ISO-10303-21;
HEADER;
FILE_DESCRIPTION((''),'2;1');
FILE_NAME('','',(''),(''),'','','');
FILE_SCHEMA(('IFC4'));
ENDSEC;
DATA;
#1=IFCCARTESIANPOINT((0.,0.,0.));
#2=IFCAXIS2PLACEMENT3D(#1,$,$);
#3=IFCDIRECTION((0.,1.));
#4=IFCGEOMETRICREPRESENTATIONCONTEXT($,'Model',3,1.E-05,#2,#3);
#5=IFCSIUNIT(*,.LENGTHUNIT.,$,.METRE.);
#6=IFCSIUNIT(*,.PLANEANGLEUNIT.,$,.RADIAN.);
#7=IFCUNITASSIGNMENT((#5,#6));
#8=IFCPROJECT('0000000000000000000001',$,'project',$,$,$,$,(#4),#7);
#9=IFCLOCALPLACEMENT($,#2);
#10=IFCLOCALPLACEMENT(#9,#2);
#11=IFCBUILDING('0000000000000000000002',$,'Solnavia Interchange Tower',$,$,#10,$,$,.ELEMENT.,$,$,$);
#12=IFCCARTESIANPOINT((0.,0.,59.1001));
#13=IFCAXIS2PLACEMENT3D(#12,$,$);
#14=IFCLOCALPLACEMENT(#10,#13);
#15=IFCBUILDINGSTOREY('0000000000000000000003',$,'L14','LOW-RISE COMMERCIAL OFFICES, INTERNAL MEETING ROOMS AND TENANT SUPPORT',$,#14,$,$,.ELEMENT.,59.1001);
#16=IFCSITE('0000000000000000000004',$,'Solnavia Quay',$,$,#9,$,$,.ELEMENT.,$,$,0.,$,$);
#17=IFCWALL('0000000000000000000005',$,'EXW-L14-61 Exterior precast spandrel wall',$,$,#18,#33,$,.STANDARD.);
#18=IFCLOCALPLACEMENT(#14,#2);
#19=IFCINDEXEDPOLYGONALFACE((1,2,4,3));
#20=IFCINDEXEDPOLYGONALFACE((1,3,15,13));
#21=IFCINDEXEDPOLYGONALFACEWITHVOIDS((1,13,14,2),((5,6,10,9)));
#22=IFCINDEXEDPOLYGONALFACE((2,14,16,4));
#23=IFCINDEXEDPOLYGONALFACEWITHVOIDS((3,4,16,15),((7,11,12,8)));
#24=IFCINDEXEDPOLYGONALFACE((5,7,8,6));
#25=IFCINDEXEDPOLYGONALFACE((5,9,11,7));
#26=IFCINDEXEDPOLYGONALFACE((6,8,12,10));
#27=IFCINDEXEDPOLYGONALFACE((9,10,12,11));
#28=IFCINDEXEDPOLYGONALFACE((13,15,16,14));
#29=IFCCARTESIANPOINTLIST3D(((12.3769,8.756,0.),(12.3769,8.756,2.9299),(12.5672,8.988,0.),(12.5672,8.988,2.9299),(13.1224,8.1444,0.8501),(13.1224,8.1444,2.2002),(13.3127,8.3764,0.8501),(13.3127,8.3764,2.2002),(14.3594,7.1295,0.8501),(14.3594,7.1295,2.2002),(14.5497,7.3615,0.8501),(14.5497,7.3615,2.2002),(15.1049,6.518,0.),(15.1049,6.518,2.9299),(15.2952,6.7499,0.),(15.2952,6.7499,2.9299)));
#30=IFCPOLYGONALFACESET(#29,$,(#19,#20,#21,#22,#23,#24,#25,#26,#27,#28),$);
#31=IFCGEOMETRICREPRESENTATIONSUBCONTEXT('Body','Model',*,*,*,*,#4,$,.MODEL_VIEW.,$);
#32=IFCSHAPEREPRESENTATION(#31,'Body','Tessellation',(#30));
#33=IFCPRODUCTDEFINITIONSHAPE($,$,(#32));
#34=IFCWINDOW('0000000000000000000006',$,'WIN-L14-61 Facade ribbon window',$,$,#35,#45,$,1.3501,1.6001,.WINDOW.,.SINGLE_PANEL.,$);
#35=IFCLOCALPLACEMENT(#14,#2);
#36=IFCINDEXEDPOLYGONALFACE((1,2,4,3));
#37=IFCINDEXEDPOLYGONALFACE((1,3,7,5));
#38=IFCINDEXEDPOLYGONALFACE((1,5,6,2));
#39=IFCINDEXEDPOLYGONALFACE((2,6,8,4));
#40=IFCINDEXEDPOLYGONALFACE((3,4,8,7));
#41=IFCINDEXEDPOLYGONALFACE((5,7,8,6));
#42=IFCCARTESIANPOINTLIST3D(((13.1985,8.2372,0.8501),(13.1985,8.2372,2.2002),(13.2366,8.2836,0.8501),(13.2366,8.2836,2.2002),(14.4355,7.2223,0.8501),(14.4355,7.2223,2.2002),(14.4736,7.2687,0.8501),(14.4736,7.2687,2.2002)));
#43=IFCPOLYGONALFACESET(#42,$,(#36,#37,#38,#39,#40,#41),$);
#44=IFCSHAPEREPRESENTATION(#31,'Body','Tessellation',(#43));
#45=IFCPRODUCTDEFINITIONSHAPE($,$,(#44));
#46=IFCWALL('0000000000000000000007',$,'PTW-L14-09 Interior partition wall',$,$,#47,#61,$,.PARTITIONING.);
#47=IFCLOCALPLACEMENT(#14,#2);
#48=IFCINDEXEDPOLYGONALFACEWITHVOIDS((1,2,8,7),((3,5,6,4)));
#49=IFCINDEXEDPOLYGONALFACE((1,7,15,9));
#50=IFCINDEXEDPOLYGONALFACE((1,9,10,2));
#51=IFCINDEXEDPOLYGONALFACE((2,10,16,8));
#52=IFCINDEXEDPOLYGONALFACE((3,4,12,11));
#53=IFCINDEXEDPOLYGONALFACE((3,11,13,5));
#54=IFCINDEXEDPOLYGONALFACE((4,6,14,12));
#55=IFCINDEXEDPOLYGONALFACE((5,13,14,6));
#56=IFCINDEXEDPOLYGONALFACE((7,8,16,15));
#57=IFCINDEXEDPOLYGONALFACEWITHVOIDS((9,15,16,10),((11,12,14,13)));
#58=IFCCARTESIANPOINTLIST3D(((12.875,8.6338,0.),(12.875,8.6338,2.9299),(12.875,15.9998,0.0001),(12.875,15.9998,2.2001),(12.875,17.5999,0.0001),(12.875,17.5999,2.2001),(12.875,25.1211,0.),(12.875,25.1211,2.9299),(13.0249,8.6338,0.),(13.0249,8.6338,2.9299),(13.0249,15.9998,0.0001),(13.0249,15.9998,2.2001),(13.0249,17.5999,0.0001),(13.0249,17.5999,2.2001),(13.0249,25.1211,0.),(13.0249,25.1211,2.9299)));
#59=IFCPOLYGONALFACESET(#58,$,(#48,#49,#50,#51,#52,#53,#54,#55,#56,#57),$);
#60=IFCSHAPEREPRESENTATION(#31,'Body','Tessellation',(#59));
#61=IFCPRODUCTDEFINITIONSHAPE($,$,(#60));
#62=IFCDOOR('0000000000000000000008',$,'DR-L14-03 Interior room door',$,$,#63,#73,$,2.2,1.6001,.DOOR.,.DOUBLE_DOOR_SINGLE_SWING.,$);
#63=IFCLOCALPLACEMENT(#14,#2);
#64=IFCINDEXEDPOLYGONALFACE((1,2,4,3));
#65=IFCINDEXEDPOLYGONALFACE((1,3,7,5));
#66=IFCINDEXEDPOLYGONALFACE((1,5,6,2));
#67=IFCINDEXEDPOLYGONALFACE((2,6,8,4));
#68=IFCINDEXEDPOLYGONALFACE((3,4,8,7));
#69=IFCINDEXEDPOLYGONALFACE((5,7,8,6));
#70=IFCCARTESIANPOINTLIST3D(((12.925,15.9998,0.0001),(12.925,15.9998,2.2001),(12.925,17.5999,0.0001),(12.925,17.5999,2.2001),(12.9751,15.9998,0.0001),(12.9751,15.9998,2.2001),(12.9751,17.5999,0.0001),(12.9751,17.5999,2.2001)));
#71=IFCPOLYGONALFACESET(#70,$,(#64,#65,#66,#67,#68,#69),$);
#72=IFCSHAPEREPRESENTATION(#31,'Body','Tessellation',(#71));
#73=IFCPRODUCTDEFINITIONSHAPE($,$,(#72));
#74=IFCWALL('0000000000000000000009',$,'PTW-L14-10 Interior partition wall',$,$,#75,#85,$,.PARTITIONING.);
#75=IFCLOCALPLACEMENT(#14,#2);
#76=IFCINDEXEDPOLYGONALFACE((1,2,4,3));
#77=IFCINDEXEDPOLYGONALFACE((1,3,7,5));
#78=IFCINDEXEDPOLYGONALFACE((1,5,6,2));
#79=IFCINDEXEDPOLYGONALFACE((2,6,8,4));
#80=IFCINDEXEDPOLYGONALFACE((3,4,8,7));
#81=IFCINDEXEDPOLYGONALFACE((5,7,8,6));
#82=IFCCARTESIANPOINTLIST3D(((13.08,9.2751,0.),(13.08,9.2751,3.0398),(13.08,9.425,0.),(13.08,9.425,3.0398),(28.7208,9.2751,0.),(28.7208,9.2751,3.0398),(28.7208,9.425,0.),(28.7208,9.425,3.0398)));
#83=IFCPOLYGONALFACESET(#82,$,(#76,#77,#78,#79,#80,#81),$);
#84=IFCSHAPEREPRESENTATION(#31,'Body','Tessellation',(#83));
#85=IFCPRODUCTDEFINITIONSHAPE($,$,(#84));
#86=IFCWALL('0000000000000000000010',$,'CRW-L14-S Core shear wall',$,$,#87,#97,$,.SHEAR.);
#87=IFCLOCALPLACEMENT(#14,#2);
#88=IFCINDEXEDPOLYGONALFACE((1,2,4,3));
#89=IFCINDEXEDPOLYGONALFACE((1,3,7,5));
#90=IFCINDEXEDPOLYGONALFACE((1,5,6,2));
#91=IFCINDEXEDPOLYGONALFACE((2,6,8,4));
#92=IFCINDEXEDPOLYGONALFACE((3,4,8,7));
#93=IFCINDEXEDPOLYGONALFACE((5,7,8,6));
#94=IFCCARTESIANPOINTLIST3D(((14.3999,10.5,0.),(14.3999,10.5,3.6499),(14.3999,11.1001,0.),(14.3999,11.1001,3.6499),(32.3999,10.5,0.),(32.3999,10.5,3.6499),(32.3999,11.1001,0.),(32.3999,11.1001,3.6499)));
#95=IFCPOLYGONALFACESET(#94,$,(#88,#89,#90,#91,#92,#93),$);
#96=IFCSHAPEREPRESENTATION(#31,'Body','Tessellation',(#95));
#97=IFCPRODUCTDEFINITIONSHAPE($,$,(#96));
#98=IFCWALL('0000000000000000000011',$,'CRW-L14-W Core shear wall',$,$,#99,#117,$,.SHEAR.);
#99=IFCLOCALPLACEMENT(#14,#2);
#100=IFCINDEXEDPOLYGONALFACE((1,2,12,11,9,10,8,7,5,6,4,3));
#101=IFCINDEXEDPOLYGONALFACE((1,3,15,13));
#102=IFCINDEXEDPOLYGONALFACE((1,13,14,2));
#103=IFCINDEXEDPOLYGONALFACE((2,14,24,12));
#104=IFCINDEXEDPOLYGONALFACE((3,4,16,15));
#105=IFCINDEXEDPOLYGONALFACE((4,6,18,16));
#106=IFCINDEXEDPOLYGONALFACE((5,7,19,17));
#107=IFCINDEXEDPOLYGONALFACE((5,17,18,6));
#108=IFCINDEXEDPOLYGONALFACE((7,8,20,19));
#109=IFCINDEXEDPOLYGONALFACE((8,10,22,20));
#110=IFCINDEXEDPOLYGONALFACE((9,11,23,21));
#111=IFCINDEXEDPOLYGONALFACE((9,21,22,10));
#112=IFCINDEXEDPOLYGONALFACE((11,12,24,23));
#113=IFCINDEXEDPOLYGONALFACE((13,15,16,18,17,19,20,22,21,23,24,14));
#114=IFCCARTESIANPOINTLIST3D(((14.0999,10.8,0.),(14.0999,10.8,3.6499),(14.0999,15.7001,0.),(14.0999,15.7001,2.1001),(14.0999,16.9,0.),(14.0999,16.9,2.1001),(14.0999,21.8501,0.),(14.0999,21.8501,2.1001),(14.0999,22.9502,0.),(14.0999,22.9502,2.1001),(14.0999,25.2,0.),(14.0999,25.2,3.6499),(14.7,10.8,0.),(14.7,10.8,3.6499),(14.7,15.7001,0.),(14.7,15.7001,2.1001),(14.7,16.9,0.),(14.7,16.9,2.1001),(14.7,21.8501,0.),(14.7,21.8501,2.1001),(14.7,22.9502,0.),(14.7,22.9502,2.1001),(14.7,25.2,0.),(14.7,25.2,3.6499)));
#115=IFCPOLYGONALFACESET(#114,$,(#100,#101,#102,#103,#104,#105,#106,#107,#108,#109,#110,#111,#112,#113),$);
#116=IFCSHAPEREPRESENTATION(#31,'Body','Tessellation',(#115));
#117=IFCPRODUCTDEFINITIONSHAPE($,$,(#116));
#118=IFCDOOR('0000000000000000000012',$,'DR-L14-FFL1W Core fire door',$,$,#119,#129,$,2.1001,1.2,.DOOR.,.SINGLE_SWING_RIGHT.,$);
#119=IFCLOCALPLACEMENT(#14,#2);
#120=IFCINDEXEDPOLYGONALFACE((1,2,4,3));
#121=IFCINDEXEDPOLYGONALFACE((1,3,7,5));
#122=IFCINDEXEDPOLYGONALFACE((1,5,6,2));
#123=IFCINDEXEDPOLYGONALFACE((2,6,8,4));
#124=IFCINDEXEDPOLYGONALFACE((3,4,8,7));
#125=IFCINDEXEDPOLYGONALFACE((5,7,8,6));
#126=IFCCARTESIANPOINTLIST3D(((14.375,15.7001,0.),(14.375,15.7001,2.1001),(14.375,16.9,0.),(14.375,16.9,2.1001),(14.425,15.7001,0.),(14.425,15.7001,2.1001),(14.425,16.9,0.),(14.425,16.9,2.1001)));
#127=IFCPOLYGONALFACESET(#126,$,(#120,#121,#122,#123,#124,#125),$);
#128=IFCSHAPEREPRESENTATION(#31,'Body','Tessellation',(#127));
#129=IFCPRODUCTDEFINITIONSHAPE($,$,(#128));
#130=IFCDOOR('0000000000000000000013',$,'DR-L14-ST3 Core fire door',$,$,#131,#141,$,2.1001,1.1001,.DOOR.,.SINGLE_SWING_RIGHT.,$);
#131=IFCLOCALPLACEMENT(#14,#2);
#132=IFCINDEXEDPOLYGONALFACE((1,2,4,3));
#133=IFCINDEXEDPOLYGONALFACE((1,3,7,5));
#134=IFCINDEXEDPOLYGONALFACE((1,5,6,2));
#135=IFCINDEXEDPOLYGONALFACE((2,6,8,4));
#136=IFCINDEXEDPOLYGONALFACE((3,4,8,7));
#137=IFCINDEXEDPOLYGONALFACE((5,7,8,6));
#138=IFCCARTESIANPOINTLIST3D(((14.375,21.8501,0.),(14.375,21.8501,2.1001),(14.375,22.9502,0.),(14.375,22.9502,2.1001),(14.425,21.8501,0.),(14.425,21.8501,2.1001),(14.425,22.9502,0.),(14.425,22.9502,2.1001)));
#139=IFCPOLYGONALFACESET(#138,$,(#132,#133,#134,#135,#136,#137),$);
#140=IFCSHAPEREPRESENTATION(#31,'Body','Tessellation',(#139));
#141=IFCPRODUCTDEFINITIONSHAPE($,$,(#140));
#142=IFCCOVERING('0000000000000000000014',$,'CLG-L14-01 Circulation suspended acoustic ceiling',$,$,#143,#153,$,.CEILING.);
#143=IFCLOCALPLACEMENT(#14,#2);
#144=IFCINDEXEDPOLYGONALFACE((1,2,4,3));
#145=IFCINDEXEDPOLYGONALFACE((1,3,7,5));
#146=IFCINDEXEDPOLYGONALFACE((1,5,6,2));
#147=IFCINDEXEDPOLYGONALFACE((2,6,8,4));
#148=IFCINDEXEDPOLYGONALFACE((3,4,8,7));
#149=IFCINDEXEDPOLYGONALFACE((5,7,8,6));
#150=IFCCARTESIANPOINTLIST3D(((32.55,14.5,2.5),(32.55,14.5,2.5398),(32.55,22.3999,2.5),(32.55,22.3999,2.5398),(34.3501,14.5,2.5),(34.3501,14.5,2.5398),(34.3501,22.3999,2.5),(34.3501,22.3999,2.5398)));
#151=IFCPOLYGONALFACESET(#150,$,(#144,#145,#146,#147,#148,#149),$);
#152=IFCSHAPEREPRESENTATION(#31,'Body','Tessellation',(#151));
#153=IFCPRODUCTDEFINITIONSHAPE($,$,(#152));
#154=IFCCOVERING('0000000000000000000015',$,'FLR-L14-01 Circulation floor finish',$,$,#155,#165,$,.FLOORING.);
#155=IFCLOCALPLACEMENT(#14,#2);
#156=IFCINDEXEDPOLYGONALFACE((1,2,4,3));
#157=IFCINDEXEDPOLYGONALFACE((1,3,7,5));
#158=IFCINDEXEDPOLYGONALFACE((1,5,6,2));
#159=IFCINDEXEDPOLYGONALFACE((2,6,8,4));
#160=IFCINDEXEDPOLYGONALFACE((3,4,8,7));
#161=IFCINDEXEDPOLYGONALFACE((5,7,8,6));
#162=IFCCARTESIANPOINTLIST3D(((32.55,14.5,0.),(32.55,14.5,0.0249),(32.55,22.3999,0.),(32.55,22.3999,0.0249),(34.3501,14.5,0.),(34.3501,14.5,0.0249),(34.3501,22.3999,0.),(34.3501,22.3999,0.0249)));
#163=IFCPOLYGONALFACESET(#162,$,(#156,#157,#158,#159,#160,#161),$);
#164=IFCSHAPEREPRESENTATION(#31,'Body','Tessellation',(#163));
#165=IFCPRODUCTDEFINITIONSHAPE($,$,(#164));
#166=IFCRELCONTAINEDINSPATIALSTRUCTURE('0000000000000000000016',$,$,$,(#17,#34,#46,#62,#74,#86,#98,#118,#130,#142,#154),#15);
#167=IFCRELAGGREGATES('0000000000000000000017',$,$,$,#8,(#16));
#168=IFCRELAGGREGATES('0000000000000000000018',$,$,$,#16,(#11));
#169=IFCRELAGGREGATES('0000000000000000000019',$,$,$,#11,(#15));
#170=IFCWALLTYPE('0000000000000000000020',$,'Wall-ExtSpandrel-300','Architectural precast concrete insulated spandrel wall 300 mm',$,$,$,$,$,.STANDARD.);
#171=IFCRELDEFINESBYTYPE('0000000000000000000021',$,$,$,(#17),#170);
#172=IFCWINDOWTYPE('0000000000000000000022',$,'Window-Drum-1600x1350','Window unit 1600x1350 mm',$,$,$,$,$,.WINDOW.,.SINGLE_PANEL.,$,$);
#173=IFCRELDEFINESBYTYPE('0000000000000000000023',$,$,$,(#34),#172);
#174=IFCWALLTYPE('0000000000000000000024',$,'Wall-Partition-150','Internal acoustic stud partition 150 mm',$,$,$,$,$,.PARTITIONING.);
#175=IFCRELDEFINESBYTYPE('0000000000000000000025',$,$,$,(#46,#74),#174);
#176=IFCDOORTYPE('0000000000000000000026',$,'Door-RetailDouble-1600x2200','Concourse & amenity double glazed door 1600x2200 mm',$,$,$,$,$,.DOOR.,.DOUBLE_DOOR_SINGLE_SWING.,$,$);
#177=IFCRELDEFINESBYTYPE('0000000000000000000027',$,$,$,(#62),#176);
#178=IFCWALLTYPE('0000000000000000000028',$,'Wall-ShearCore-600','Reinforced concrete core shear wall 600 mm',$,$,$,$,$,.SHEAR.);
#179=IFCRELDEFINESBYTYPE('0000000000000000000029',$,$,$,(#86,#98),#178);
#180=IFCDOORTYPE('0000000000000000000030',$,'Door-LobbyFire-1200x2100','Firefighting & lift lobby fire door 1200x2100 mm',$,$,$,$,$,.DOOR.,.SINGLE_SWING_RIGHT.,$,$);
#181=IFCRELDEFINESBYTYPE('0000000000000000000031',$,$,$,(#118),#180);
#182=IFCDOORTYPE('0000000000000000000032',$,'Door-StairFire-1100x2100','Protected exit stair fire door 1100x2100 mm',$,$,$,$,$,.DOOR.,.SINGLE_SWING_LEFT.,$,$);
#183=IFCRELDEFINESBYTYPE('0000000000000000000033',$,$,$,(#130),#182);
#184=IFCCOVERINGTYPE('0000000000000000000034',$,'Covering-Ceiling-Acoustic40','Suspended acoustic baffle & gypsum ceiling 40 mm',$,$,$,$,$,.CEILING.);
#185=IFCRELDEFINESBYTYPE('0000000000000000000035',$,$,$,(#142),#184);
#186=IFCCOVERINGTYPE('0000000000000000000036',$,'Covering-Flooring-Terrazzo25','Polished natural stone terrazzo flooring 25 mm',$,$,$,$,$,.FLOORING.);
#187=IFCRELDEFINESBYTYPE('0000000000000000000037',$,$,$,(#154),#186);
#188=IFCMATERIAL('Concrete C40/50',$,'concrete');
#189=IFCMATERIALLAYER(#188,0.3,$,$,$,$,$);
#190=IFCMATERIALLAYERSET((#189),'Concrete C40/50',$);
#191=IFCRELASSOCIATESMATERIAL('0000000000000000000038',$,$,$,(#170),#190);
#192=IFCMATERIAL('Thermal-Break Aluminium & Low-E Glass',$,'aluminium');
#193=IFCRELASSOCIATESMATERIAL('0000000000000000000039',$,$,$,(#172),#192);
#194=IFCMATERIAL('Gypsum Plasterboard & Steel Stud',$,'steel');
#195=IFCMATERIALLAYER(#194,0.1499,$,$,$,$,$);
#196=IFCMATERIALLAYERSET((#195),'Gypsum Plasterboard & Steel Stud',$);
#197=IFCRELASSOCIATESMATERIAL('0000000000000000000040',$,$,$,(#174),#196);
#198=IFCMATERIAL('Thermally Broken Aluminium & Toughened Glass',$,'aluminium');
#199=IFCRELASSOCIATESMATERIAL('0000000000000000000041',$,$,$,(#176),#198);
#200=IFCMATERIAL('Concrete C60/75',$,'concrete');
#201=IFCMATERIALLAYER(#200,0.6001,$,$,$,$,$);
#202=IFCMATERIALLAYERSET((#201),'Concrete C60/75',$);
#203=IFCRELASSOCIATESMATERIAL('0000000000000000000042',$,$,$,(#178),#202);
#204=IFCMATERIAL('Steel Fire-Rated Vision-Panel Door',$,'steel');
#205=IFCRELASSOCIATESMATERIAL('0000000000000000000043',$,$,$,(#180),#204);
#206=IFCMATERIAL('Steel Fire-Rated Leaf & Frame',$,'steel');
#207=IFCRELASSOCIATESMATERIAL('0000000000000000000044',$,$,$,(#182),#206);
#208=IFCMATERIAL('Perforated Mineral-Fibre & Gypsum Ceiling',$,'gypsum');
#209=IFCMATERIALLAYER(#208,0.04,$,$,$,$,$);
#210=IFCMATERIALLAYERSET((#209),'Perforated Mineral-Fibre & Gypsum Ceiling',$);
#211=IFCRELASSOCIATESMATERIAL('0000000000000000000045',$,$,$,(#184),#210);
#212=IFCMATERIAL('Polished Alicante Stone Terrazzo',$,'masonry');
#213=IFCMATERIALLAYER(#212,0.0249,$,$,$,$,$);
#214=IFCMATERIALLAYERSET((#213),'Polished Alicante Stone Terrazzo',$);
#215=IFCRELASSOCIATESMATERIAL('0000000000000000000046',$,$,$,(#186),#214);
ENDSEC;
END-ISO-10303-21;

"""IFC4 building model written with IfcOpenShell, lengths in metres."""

from ifc_helpers import new_model, si_unit, direction, frame, frame_2d, origin, place, context, subcontext, project, spatial, polyline, rectangle, outline, extrude, material, layer, layer_set, type_object, element, fill, save


model = new_model("IFC4")

# Units and contexts
model_context = context("Model", 3, precision=1e-05, world=origin(), true_north=direction((0.0, 1.0)))
body_context = subcontext(model_context, "Body", "Model", "MODEL_VIEW")
ifc_project = project(units=[si_unit("LENGTHUNIT", "METRE"), si_unit("PLANEANGLEUNIT", "RADIAN")], contexts=[model_context])

# Site, building, storey
site_placement = place(None, origin())
site = spatial("IfcSite", under=ifc_project, at=site_placement, Name="Solnavia Quay", CompositionType="ELEMENT", RefElevation=0.0)
building_placement = place(site_placement, origin())
building = spatial("IfcBuilding", under=site, at=building_placement, Name="Solnavia Interchange Tower", CompositionType="ELEMENT")
storey_placement = place(building_placement, frame((0.0, 0.0, 59.1001)))
storey = spatial("IfcBuildingStorey", under=building, at=storey_placement, Name="L14", Description="LOW-RISE COMMERCIAL OFFICES, INTERNAL MEETING ROOMS AND TENANT SUPPORT", CompositionType="ELEMENT", Elevation=59.1001)

# Shared definitions
ifc_material_1 = material(Name="Concrete C60/75", Category="concrete")

# Shared definitions
ifc_material_2 = material(Name="Concrete C40/50", Category="concrete")

# Wall, opening, window
ifc_layer_1 = layer(ifc_material_2, 0.3)
ifc_layer_set_1 = layer_set([ifc_layer_1], Name="Concrete C40/50")
wall_type_1 = type_object("IfcWallType", Name="Wall-ExtSpandrel-300", Description="Architectural precast concrete insulated spandrel wall 300 mm", PredefinedType="STANDARD", material=ifc_layer_set_1)
ifc_material_3 = material(Name="Thermal-Break Aluminium & Low-E Glass", Category="aluminium")
window_type = type_object("IfcWindowType", Name="Window-Drum-1600x1350", Description="Window unit 1600x1350 mm", PartitioningType="SINGLE_PANEL", PredefinedType="WINDOW", material=ifc_material_3)
wall_1_placement = place(storey_placement, frame((15.2, 6.634, 0.0), z_axis=(0.0, 0.0, 1.0), x_axis=(-0.773121, 0.634258, 0.0)))
wall_1 = element("IfcWall", 1, at=wall_1_placement, inside=storey, type_object=wall_type_1, Name="EXW-L14-61 Exterior precast spandrel wall", PredefinedType="STANDARD", context=body_context, shape_type="SweptSolid", body=[
    extrude(rectangle(XDim=3.5286, YDim=0.3, at=frame_2d((1.7642, 0.0))), origin(), (0.0, 0.0, 1.0), 2.9299),
])
opening_1_placement = place(wall_1_placement, frame((0.9641, 0.0, 0.8501)))
opening_1 = element("IfcOpeningElement", 2, at=opening_1_placement, cuts=wall_1, PredefinedType="OPENING", context=body_context, shape_type="SweptSolid", body=[
    extrude(rectangle(XDim=1.6001, YDim=1.3501, at=frame_2d((0.8, 0.675))), frame((0.0, 0.1602, 0.0), z_axis=(0.0, -1.0, 0.0), x_axis=(1.0, 0.0, 0.0)), (0.0, 0.0, 1.0), 0.3201),
])
window_1_placement = place(opening_1_placement, origin())
window_1 = element("IfcWindow", 3, at=window_1_placement, inside=storey, type_object=window_type, Name="WIN-L14-61 Facade ribbon window", OverallHeight=1.3501, OverallWidth=1.6001, PartitioningType="SINGLE_PANEL", PredefinedType="WINDOW", context=body_context, shape_type="SweptSolid", body=[
    extrude(rectangle(XDim=1.6001, YDim=1.3501, at=frame_2d((0.8, 0.675))), frame((0.0, 0.03, 0.0), z_axis=(0.0, -1.0, 0.0), x_axis=(1.0, 0.0, 0.0)), (0.0, 0.0, 1.0), 0.0601),
])
fill(opening_1, window_1)

# Wall, opening, door
ifc_material_4 = material(Name="Gypsum Plasterboard & Steel Stud", Category="steel")
ifc_layer_2 = layer(ifc_material_4, 0.1499)
ifc_layer_set_2 = layer_set([ifc_layer_2], Name="Gypsum Plasterboard & Steel Stud")
wall_type_2 = type_object("IfcWallType", Name="Wall-Partition-150", Description="Internal acoustic stud partition 150 mm", PredefinedType="PARTITIONING", material=ifc_layer_set_2)
wall_2_placement = place(storey_placement, frame((12.95, 8.6338, 0.0), z_axis=(0.0, 0.0, 1.0), x_axis=(0.0, 1.0, 0.0)))
wall_2 = element("IfcWall", 4, at=wall_2_placement, inside=storey, type_object=wall_type_2, Name="PTW-L14-09 Interior partition wall", PredefinedType="PARTITIONING", context=body_context, shape_type="SweptSolid", body=[
    extrude(rectangle(XDim=16.4873, YDim=0.1499, at=frame_2d((8.2437, 0.0))), origin(), (0.0, 0.0, 1.0), 2.9299),
])
opening_2_placement = place(wall_2_placement, frame((7.366, 0.0, 0.0)))
opening_2 = element("IfcOpeningElement", 5, at=opening_2_placement, cuts=wall_2, PredefinedType="OPENING", context=body_context, shape_type="SweptSolid", body=[
    extrude(rectangle(XDim=1.6001, YDim=2.2, at=frame_2d((0.8, 1.1001))), frame((0.0, 0.085, 0.0), z_axis=(0.0, -1.0, 0.0), x_axis=(1.0, 0.0, 0.0)), (0.0, 0.0, 1.0), 0.1699),
])
ifc_material_5 = material(Name="Thermally Broken Aluminium & Toughened Glass", Category="aluminium")
door_type_1 = type_object("IfcDoorType", Name="Door-RetailDouble-1600x2200", Description="Concourse & amenity double glazed door 1600x2200 mm", OperationType="DOUBLE_DOOR_SINGLE_SWING", PredefinedType="DOOR", material=ifc_material_5)
door_1_placement = place(opening_2_placement, origin())
door_1 = element("IfcDoor", 6, at=door_1_placement, inside=storey, type_object=door_type_1, Name="DR-L14-03 Interior room door", OperationType="DOUBLE_DOOR_SINGLE_SWING", OverallHeight=2.2, OverallWidth=1.6001, PredefinedType="DOOR", context=body_context, shape_type="SweptSolid", body=[
    extrude(rectangle(XDim=1.6001, YDim=2.2, at=frame_2d((0.8, 1.1001))), frame((0.0, 0.0249, 0.0), z_axis=(0.0, -1.0, 0.0), x_axis=(1.0, 0.0, 0.0)), (0.0, 0.0, 1.0), 0.05),
])
fill(opening_2, door_1)

# Walls
wall_3_placement = place(storey_placement, frame((13.0801, 9.3501, 0.0), z_axis=(0.0, 0.0, 1.0), x_axis=(1.0, 0.0, 0.0)))
element("IfcWall", 7, at=wall_3_placement, inside=storey, type_object=wall_type_2, Name="PTW-L14-10 Interior partition wall", PredefinedType="PARTITIONING", context=body_context, shape_type="SweptSolid", body=[
    extrude(rectangle(XDim=15.6409, YDim=0.1499, at=frame_2d((7.8203, 0.0))), origin(), (0.0, 0.0, 1.0), 3.0398),
])
ifc_layer_3 = layer(ifc_material_1, 0.6001)
ifc_layer_set_3 = layer_set([ifc_layer_3], Name="Concrete C60/75")
wall_type_3 = type_object("IfcWallType", Name="Wall-ShearCore-600", Description="Reinforced concrete core shear wall 600 mm", PredefinedType="SHEAR", material=ifc_layer_set_3)
wall_4_placement = place(storey_placement, frame((14.3999, 10.8, 0.0), z_axis=(0.0, 0.0, 1.0), x_axis=(1.0, 0.0, 0.0)))
element("IfcWall", 8, at=wall_4_placement, inside=storey, type_object=wall_type_3, Name="CRW-L14-S Core shear wall", PredefinedType="SHEAR", context=body_context, shape_type="SweptSolid", body=[
    extrude(rectangle(XDim=18.0, YDim=0.6001, at=frame_2d((9.0, 0.0))), origin(), (0.0, 0.0, 1.0), 3.6499),
])

# Wall, openings, doors
wall_5_placement = place(storey_placement, frame((14.3999, 10.8, 0.0), z_axis=(0.0, 0.0, 1.0), x_axis=(0.0, 1.0, 0.0)))
wall_5 = element("IfcWall", 9, at=wall_5_placement, inside=storey, type_object=wall_type_3, Name="CRW-L14-W Core shear wall", PredefinedType="SHEAR", context=body_context, shape_type="SweptSolid", body=[
    extrude(rectangle(XDim=14.3999, YDim=0.6001, at=frame_2d((7.2, 0.0))), origin(), (0.0, 0.0, 1.0), 3.6499),
])
opening_3_placement = place(wall_5_placement, frame((11.05, 0.0, 0.0)))
opening_3 = element("IfcOpeningElement", 10, at=opening_3_placement, cuts=wall_5, PredefinedType="OPENING", context=body_context, shape_type="SweptSolid", body=[
    extrude(rectangle(XDim=1.1001, YDim=2.1001, at=frame_2d((0.55, 1.05))), frame((0.0, 0.3101, 0.0), z_axis=(0.0, -1.0, 0.0), x_axis=(1.0, 0.0, 0.0)), (0.0, 0.0, 1.0), 0.6201),
])
opening_4_placement = place(wall_5_placement, frame((4.8999, 0.0, 0.0)))
opening_4 = element("IfcOpeningElement", 11, at=opening_4_placement, cuts=wall_5, PredefinedType="OPENING", context=body_context, shape_type="SweptSolid", body=[
    extrude(rectangle(XDim=1.2, YDim=2.1001, at=frame_2d((0.6001, 1.05))), frame((0.0, 0.3101, 0.0), z_axis=(0.0, -1.0, 0.0), x_axis=(1.0, 0.0, 0.0)), (0.0, 0.0, 1.0), 0.6201),
])
ifc_material_6 = material(Name="Steel Fire-Rated Vision-Panel Door", Category="steel")
door_type_2 = type_object("IfcDoorType", Name="Door-LobbyFire-1200x2100", Description="Firefighting & lift lobby fire door 1200x2100 mm", OperationType="SINGLE_SWING_RIGHT", PredefinedType="DOOR", material=ifc_material_6)
door_2_placement = place(opening_4_placement, origin())
door_2 = element("IfcDoor", 12, at=door_2_placement, inside=storey, type_object=door_type_2, Name="DR-L14-FFL1W Core fire door", OperationType="SINGLE_SWING_RIGHT", OverallHeight=2.1001, OverallWidth=1.2, PredefinedType="DOOR", context=body_context, shape_type="SweptSolid", body=[
    extrude(rectangle(XDim=1.2, YDim=2.1001, at=frame_2d((0.6001, 1.05))), frame((0.0, 0.0249, 0.0), z_axis=(0.0, -1.0, 0.0), x_axis=(1.0, 0.0, 0.0)), (0.0, 0.0, 1.0), 0.05),
])
fill(opening_4, door_2)
ifc_material_7 = material(Name="Steel Fire-Rated Leaf & Frame", Category="steel")
door_type_3 = type_object("IfcDoorType", Name="Door-StairFire-1100x2100", Description="Protected exit stair fire door 1100x2100 mm", OperationType="SINGLE_SWING_LEFT", PredefinedType="DOOR", material=ifc_material_7)
door_3_placement = place(opening_3_placement, origin())
door_3 = element("IfcDoor", 13, at=door_3_placement, inside=storey, type_object=door_type_3, Name="DR-L14-ST3 Core fire door", OperationType="SINGLE_SWING_RIGHT", OverallHeight=2.1001, OverallWidth=1.1001, PredefinedType="DOOR", context=body_context, shape_type="SweptSolid", body=[
    extrude(rectangle(XDim=1.1001, YDim=2.1001, at=frame_2d((0.55, 1.05))), frame((0.0, 0.0249, 0.0), z_axis=(0.0, -1.0, 0.0), x_axis=(1.0, 0.0, 0.0)), (0.0, 0.0, 1.0), 0.05),
])
fill(opening_3, door_3)

# Coverings
ifc_material_8 = material(Name="Perforated Mineral-Fibre & Gypsum Ceiling", Category="gypsum")
ifc_layer_4 = layer(ifc_material_8, 0.04)
ifc_layer_set_4 = layer_set([ifc_layer_4], Name="Perforated Mineral-Fibre & Gypsum Ceiling")
covering_type_1 = type_object("IfcCoveringType", Name="Covering-Ceiling-Acoustic40", Description="Suspended acoustic baffle & gypsum ceiling 40 mm", PredefinedType="CEILING", material=ifc_layer_set_4)
covering_1_placement = place(storey_placement, frame((0.0, 0.0, 2.5)))
element("IfcCovering", 14, at=covering_1_placement, inside=storey, type_object=covering_type_1, Name="CLG-L14-01 Circulation suspended acoustic ceiling", PredefinedType="CEILING", context=body_context, shape_type="SweptSolid", body=[
    extrude(outline(polyline([(32.55, 14.5), (34.3501, 14.5), (34.3501, 22.3999), (32.55, 22.3999), (32.55, 14.5)])), origin(), (0.0, 0.0, 1.0), 0.0398),
])
ifc_material_9 = material(Name="Polished Alicante Stone Terrazzo", Category="masonry")
ifc_layer_5 = layer(ifc_material_9, 0.0249)
ifc_layer_set_5 = layer_set([ifc_layer_5], Name="Polished Alicante Stone Terrazzo")
covering_type_2 = type_object("IfcCoveringType", Name="Covering-Flooring-Terrazzo25", Description="Polished natural stone terrazzo flooring 25 mm", PredefinedType="FLOORING", material=ifc_layer_set_5)
covering_2_placement = place(storey_placement, origin())
element("IfcCovering", 15, at=covering_2_placement, inside=storey, type_object=covering_type_2, Name="FLR-L14-01 Circulation floor finish", PredefinedType="FLOORING", context=body_context, shape_type="SweptSolid", body=[
    extrude(outline(polyline([(32.55, 14.5), (34.3501, 14.5), (34.3501, 22.3999), (32.55, 22.3999), (32.55, 14.5)])), origin(), (0.0, 0.0, 1.0), 0.0249),
])

save(model, "model.ifc")
